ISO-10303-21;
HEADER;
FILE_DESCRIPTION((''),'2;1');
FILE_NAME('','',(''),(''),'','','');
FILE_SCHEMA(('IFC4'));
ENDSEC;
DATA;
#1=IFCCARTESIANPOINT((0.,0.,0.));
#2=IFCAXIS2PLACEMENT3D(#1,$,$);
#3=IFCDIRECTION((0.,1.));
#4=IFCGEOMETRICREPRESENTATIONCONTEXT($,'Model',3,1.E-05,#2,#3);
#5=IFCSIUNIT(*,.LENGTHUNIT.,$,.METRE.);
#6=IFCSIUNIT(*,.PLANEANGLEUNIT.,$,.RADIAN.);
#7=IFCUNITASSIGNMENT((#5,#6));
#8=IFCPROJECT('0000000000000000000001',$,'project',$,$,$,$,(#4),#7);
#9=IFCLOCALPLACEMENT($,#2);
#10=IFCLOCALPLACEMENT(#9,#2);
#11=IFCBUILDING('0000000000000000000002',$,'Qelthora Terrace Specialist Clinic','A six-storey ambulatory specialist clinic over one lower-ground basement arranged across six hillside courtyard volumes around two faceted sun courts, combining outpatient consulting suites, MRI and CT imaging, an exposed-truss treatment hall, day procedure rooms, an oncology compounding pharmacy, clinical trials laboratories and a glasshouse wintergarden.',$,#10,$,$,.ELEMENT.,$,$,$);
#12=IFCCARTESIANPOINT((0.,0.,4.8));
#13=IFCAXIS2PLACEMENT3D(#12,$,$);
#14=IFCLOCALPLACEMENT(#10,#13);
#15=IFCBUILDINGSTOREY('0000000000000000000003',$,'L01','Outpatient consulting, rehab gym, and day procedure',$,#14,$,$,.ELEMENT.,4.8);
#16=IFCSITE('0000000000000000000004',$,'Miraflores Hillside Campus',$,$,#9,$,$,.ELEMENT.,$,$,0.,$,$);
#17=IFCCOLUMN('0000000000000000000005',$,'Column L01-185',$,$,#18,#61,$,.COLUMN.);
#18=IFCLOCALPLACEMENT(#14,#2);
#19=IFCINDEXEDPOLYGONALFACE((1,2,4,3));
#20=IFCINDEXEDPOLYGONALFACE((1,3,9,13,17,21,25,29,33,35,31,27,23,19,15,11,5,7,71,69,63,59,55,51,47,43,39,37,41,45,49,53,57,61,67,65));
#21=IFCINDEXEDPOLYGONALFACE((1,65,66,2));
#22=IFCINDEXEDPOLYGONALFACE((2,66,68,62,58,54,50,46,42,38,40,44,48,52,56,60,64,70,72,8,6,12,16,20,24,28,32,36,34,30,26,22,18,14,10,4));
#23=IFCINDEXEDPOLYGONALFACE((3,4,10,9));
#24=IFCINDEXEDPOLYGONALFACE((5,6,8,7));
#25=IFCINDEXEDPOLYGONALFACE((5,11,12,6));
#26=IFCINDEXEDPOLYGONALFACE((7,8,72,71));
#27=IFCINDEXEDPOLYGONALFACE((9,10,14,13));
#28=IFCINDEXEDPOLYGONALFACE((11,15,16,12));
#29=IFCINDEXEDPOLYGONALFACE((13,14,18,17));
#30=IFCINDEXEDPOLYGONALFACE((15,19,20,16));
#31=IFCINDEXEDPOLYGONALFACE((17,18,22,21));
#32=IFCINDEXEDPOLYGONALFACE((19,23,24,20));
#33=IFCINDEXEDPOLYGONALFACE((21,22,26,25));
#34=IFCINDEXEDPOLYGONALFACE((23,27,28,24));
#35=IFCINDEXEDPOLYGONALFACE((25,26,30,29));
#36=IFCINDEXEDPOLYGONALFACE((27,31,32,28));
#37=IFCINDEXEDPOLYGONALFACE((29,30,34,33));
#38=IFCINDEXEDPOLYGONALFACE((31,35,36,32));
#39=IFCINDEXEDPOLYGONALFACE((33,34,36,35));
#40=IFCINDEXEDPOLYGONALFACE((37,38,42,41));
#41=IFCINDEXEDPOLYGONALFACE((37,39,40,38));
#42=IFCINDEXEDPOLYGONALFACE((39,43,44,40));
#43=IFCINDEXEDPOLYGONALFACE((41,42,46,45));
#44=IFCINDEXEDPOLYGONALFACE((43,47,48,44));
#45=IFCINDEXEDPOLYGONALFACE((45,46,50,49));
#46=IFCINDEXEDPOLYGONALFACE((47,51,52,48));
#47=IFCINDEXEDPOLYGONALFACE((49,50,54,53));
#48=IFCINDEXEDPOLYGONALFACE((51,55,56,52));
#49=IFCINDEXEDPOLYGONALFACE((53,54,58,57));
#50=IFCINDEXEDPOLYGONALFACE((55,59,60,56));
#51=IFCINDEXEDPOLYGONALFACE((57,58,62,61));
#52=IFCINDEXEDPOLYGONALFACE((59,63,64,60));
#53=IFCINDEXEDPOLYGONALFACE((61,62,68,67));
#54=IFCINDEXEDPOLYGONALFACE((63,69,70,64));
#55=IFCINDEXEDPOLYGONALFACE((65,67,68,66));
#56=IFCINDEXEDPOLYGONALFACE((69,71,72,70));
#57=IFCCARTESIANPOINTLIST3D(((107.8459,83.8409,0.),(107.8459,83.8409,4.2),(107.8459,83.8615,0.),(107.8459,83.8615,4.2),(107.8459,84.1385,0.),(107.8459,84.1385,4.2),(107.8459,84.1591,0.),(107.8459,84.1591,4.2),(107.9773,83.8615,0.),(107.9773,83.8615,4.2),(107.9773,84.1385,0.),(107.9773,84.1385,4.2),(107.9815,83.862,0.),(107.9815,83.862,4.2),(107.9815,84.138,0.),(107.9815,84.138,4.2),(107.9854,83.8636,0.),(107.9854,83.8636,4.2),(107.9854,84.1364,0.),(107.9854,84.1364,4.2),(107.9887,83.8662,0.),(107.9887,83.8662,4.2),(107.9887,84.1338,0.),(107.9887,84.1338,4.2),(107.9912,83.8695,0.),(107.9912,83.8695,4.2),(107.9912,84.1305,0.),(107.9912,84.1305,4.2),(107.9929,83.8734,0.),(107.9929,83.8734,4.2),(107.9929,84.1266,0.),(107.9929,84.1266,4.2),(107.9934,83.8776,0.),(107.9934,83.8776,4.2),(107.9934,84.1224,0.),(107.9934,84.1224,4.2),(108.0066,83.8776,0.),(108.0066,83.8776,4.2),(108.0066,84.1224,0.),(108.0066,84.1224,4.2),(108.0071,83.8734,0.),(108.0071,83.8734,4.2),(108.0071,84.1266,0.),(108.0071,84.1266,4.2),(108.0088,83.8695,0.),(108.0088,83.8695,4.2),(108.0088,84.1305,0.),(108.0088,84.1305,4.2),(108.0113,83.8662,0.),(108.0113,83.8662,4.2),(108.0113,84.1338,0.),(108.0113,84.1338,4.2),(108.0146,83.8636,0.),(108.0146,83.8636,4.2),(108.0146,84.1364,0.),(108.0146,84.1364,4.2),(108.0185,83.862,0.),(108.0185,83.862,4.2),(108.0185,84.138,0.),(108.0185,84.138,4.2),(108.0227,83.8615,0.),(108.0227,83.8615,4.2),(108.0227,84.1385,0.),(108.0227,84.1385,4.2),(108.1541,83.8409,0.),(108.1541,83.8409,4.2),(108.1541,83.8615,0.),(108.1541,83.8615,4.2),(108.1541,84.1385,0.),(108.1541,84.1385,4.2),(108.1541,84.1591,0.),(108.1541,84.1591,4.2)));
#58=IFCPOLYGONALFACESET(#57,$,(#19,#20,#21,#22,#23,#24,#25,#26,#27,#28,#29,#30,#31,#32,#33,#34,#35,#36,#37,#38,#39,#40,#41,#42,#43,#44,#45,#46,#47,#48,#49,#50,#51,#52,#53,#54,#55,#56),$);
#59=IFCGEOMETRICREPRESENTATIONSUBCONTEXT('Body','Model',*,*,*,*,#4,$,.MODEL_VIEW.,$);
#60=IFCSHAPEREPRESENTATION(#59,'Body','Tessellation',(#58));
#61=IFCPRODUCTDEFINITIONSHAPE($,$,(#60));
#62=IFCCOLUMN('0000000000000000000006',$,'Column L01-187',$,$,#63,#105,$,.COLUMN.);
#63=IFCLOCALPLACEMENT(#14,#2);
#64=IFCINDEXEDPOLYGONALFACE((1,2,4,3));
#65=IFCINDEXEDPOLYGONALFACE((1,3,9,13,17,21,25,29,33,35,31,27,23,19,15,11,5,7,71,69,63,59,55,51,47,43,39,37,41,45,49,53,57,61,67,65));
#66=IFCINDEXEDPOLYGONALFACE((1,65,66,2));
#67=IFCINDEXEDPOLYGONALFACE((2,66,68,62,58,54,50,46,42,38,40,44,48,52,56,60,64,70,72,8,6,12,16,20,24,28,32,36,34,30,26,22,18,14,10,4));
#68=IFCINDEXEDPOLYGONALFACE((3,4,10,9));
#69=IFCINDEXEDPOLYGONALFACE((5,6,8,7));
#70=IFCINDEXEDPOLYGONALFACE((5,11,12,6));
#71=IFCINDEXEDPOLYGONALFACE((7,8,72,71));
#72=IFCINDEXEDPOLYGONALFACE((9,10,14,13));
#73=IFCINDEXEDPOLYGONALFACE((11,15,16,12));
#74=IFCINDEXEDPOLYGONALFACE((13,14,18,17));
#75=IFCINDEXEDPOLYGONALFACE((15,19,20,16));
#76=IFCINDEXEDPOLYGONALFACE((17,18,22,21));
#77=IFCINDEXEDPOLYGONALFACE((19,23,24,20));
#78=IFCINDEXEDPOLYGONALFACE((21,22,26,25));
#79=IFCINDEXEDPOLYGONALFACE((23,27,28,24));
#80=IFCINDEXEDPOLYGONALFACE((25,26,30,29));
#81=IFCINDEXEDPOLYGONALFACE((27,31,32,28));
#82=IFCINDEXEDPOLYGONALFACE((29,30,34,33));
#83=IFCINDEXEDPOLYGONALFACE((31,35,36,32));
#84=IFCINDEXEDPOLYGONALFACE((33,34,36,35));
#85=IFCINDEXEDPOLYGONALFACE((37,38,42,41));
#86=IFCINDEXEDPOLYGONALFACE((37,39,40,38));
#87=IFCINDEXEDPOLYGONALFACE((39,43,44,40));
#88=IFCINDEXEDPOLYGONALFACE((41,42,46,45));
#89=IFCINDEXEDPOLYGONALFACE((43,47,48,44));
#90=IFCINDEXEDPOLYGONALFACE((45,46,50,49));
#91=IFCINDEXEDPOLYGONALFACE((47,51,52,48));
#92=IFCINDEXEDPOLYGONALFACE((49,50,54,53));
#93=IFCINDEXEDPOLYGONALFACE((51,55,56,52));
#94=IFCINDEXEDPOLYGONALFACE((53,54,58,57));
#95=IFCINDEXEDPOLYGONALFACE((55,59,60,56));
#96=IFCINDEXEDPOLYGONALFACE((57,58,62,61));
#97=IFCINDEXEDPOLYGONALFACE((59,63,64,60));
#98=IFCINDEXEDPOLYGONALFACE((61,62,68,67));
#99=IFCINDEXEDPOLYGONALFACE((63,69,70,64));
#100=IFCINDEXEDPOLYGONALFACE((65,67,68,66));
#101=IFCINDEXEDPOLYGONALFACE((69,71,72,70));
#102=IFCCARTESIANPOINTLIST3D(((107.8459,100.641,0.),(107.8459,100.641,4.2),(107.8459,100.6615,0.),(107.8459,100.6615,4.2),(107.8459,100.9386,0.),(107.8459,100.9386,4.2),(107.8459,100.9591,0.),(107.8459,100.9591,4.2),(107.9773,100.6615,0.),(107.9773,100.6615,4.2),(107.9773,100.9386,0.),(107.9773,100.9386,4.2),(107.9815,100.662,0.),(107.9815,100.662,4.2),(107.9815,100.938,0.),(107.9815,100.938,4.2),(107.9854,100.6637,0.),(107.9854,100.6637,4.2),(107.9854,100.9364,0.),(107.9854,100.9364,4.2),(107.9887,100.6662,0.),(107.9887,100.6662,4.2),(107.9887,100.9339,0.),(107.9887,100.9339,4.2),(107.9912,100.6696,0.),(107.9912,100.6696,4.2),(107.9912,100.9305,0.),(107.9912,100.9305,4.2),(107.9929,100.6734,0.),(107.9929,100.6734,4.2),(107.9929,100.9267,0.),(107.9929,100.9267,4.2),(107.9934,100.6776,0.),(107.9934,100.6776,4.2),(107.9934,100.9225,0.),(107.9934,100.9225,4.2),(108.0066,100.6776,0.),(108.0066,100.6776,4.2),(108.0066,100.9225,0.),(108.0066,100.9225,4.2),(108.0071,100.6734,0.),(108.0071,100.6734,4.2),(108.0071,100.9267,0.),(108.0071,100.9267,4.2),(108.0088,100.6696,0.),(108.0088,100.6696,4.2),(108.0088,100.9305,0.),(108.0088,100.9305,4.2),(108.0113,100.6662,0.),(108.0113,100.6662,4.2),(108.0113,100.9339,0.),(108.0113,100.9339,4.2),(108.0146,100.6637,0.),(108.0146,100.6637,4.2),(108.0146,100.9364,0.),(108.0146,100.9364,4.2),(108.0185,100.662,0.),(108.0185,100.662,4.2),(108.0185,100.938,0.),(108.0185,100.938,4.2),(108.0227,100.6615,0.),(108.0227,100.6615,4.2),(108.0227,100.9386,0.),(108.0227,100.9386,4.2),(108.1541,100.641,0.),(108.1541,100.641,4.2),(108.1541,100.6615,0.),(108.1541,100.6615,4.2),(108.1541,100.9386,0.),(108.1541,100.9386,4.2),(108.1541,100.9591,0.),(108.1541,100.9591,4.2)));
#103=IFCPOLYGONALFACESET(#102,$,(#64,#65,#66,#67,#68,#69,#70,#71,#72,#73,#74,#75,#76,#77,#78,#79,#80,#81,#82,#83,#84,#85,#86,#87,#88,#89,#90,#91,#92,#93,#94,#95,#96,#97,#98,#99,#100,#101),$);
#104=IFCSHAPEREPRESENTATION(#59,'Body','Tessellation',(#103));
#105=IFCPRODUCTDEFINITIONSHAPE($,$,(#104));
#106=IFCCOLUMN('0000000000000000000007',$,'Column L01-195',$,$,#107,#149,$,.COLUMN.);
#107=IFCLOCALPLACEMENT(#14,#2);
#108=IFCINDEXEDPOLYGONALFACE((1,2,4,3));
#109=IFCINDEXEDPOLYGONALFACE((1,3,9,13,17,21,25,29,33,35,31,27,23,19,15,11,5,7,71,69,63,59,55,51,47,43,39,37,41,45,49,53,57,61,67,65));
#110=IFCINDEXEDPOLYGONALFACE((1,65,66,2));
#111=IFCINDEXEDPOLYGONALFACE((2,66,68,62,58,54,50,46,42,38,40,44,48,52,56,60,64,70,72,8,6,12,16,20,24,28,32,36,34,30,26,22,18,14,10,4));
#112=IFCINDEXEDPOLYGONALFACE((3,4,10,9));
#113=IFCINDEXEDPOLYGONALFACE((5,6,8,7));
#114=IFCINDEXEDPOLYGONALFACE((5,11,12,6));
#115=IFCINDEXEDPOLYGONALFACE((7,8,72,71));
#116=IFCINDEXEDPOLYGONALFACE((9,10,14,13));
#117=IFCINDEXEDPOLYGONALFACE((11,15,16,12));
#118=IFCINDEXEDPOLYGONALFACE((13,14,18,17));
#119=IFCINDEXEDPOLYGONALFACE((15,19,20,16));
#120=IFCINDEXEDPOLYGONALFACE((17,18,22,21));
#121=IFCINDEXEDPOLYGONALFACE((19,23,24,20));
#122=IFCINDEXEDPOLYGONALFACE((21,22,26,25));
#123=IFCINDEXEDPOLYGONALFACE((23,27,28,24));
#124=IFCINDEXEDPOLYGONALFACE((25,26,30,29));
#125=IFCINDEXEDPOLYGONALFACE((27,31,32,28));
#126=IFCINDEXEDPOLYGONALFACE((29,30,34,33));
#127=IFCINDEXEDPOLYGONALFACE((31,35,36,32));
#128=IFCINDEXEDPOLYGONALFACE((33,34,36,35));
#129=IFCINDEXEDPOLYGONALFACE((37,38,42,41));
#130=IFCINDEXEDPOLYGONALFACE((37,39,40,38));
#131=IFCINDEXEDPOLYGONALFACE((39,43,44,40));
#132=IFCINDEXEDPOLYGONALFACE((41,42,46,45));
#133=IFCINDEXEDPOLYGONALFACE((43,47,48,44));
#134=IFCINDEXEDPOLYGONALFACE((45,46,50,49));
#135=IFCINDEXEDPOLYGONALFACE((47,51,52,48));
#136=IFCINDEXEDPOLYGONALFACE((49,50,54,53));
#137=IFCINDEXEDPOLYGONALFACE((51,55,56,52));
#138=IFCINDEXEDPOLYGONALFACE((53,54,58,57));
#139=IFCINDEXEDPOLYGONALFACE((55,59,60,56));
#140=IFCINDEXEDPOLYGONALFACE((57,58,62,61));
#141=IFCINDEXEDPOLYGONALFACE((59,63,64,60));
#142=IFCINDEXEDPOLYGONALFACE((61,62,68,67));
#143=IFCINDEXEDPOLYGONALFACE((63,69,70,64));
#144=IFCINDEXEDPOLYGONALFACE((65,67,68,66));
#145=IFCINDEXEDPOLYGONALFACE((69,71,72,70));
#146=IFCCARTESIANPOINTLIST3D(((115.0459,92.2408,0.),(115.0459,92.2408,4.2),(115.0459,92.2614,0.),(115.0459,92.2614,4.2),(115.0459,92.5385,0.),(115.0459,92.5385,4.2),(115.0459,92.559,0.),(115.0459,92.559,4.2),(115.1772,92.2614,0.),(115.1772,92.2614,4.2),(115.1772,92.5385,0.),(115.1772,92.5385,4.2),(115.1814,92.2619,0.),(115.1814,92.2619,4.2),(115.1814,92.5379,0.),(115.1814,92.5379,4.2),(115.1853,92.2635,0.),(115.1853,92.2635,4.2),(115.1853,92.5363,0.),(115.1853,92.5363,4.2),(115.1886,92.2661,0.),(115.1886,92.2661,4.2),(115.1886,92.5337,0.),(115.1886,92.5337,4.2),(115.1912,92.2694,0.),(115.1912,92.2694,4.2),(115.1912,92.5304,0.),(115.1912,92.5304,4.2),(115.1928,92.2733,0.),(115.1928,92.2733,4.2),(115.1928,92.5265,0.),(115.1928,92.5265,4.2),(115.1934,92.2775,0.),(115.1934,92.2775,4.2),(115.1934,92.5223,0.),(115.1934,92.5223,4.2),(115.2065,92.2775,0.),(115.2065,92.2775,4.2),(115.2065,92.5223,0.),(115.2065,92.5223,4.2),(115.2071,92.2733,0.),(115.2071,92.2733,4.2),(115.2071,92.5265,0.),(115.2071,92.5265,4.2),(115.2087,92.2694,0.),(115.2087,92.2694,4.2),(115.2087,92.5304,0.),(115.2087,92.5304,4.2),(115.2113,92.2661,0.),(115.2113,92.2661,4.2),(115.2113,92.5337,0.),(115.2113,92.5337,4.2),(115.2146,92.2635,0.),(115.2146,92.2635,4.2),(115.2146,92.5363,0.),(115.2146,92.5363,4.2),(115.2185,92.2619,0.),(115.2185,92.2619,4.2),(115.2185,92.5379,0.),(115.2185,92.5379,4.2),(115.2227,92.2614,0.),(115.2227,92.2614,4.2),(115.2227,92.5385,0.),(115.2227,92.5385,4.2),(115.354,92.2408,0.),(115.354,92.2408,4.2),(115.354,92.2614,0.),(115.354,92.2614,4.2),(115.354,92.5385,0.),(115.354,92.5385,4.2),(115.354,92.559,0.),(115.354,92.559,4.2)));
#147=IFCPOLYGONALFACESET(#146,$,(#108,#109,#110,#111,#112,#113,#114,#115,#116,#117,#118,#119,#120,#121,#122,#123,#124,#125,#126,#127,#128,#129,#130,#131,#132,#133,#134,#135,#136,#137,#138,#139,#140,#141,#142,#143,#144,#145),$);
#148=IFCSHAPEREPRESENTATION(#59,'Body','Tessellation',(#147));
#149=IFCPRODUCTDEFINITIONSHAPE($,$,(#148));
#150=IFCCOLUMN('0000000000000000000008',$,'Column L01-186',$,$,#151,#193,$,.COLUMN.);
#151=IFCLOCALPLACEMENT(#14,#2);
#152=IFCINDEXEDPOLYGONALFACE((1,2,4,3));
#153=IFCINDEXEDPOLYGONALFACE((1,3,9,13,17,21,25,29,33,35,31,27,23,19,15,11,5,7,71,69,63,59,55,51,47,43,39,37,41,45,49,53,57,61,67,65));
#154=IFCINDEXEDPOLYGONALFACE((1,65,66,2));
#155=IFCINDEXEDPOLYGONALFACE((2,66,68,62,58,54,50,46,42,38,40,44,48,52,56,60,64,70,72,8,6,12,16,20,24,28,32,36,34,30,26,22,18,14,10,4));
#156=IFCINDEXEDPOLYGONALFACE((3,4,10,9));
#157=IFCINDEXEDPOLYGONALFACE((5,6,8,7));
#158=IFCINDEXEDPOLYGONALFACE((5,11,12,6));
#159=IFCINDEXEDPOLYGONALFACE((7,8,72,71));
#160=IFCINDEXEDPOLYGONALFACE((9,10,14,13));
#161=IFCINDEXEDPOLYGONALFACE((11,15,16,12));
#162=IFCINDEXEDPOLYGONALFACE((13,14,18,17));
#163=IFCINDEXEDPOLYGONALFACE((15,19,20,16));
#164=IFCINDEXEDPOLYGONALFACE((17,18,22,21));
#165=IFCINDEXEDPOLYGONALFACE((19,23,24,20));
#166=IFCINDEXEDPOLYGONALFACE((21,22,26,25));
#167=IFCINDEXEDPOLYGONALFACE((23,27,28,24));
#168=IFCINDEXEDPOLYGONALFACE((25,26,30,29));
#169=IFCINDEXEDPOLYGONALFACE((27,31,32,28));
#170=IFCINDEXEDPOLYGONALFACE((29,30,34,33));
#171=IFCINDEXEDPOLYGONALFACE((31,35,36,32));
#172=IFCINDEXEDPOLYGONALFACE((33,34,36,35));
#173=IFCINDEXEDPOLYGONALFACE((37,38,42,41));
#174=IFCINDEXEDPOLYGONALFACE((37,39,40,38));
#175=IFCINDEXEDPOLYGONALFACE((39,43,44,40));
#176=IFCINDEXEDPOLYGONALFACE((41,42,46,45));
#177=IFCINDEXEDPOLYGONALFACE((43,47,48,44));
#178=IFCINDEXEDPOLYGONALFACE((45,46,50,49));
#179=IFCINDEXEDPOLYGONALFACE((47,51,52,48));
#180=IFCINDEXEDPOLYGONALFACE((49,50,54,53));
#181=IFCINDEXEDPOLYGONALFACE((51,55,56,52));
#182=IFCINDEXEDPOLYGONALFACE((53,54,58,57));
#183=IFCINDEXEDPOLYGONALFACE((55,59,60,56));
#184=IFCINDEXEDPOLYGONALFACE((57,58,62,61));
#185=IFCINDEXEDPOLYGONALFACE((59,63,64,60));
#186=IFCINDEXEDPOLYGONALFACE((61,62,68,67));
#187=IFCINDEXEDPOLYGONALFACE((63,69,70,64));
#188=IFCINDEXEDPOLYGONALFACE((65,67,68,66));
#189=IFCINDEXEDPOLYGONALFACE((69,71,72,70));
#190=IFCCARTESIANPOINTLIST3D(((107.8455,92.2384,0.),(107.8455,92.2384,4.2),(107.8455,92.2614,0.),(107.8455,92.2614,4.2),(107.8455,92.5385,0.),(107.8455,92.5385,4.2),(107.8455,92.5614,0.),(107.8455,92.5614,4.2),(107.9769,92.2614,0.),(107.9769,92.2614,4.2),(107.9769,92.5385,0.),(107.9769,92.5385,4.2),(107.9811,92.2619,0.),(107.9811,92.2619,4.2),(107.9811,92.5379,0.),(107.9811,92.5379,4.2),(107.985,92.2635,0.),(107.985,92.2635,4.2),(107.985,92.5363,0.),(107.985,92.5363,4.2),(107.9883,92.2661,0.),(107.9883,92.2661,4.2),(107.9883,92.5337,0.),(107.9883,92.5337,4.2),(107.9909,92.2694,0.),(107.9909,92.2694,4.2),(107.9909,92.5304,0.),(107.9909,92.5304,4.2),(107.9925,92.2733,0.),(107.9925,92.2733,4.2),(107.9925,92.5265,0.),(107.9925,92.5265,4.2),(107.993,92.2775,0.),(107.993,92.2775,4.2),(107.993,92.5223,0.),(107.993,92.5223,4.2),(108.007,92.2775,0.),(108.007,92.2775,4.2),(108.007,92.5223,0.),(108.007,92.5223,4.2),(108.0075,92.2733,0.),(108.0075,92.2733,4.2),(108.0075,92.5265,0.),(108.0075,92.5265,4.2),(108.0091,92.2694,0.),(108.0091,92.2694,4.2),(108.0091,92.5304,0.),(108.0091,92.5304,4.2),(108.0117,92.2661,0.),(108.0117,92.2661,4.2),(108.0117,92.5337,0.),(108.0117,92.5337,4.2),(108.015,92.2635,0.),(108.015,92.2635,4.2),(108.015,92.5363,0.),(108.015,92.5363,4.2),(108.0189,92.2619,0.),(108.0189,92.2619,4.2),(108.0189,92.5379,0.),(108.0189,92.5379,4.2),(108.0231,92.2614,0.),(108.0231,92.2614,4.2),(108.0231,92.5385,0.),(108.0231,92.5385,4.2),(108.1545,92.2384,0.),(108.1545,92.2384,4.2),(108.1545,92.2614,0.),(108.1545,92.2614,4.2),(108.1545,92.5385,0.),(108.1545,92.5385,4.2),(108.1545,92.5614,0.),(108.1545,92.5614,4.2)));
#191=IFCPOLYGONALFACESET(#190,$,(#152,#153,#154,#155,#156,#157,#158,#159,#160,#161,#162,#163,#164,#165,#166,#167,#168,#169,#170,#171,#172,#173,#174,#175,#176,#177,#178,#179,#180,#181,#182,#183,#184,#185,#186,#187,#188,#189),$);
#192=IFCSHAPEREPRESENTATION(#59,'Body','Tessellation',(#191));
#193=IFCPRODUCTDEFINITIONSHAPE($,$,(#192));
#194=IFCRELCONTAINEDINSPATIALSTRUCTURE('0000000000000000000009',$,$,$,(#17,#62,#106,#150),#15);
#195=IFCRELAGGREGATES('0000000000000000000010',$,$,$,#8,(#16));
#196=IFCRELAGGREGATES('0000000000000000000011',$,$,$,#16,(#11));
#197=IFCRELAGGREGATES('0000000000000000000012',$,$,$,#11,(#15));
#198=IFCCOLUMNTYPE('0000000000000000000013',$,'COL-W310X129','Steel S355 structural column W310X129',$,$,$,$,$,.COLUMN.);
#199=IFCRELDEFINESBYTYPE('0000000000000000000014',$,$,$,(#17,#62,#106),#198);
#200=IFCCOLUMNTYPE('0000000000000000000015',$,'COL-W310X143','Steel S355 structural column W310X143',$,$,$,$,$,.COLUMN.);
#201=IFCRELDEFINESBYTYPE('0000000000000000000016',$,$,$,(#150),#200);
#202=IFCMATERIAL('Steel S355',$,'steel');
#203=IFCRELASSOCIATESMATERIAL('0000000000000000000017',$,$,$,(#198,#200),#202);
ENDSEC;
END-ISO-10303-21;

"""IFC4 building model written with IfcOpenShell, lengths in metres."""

from ifc_helpers import new_model, si_unit, direction, frame, origin, origin_2d, place, context, subcontext, project, spatial, i_section, extrude, material, material_profile, profile_set, type_object, element, save


model = new_model("IFC4")

# Units and contexts
model_context = context("Model", 3, precision=1e-05, world=origin(), true_north=direction((0.0, 1.0)))
body_context = subcontext(model_context, "Body", "Model", "MODEL_VIEW")
ifc_project = project(units=[si_unit("LENGTHUNIT", "METRE"), si_unit("PLANEANGLEUNIT", "RADIAN")], contexts=[model_context])

# Site, building, storey
site_placement = place(None, origin())
site = spatial("IfcSite", under=ifc_project, at=site_placement, Name="Miraflores Hillside Campus", CompositionType="ELEMENT", RefElevation=0.0)
building_placement = place(site_placement, origin())
building = spatial("IfcBuilding", under=site, at=building_placement, Name="Qelthora Terrace Specialist Clinic", Description="A six-storey ambulatory specialist clinic over one lower-ground basement arranged across six hillside courtyard volumes around two faceted sun courts, combining outpatient consulting suites, MRI and CT imaging, an exposed-truss treatment hall, day procedure rooms, an oncology compounding pharmacy, clinical trials laboratories and a glasshouse wintergarden.", CompositionType="ELEMENT")
storey_placement = place(building_placement, frame((0.0, 0.0, 4.8)))
storey = spatial("IfcBuildingStorey", under=building, at=storey_placement, Name="L01", Description="Outpatient consulting, rehab gym, and day procedure", CompositionType="ELEMENT", Elevation=4.8)

# Columns
ifc_material_1 = material(Name="Steel S355", Category="steel")
ifc_material_profile_1 = material_profile(ifc_material_1, i_section(OverallWidth=0.3081, OverallDepth=0.3181, WebThickness=0.0132, FlangeThickness=0.0205, FilletRadius=0.0161, at=origin_2d()), Name="W310X129")
ifc_profile_set_1 = profile_set([ifc_material_profile_1], Name="Steel S355")
column_type_1 = type_object("IfcColumnType", Name="COL-W310X129", Description="Steel S355 structural column W310X129", PredefinedType="COLUMN", material=ifc_profile_set_1)
for number, where, z_axis, x_axis, name in (
    (1, (108.0, 84.0, 0.0), (0.0, 0.0, 1.0), (1.0, 0.0, 0.0), "Column L01-185"),
    (2, (108.0, 100.8, 0.0), (0.0, 0.0, 1.0), (1.0, 0.0, 0.0), "Column L01-187"),
    (3, (115.2, 92.3999, 0.0), (0.0, 0.0, 1.0), (1.0, 0.0, 0.0), "Column L01-195"),
):
    element("IfcColumn", number, at=place(storey_placement, frame(where, z_axis=z_axis, x_axis=x_axis)), inside=storey, type_object=column_type_1, Name=name, PredefinedType="COLUMN", context=body_context, shape_type="SweptSolid", body=[
        extrude(i_section(OverallWidth=0.3081, OverallDepth=0.3181, WebThickness=0.0132, FlangeThickness=0.0205, FilletRadius=0.0161, at=origin_2d()), origin(), (0.0, 0.0, 1.0), 4.2),
    ])
ifc_material_profile_2 = material_profile(ifc_material_1, i_section(OverallWidth=0.3091, OverallDepth=0.323, WebThickness=0.0139, FlangeThickness=0.0229, FilletRadius=0.0161, at=origin_2d()), Name="W310X143")
ifc_profile_set_2 = profile_set([ifc_material_profile_2], Name="Steel S355")
column_type_2 = type_object("IfcColumnType", Name="COL-W310X143", Description="Steel S355 structural column W310X143", PredefinedType="COLUMN", material=ifc_profile_set_2)
for number, where, z_axis, x_axis, name in (
    (4, (108.0, 92.3999, 0.0), (0.0, 0.0, 1.0), (1.0, 0.0, 0.0), "Column L01-186"),
):
    element("IfcColumn", number, at=place(storey_placement, frame(where, z_axis=z_axis, x_axis=x_axis)), inside=storey, type_object=column_type_2, Name=name, PredefinedType="COLUMN", context=body_context, shape_type="SweptSolid", body=[
        extrude(i_section(OverallWidth=0.3091, OverallDepth=0.323, WebThickness=0.0139, FlangeThickness=0.0229, FilletRadius=0.0161, at=origin_2d()), origin(), (0.0, 0.0, 1.0), 4.2),
    ])

save(model, "model.ifc")
